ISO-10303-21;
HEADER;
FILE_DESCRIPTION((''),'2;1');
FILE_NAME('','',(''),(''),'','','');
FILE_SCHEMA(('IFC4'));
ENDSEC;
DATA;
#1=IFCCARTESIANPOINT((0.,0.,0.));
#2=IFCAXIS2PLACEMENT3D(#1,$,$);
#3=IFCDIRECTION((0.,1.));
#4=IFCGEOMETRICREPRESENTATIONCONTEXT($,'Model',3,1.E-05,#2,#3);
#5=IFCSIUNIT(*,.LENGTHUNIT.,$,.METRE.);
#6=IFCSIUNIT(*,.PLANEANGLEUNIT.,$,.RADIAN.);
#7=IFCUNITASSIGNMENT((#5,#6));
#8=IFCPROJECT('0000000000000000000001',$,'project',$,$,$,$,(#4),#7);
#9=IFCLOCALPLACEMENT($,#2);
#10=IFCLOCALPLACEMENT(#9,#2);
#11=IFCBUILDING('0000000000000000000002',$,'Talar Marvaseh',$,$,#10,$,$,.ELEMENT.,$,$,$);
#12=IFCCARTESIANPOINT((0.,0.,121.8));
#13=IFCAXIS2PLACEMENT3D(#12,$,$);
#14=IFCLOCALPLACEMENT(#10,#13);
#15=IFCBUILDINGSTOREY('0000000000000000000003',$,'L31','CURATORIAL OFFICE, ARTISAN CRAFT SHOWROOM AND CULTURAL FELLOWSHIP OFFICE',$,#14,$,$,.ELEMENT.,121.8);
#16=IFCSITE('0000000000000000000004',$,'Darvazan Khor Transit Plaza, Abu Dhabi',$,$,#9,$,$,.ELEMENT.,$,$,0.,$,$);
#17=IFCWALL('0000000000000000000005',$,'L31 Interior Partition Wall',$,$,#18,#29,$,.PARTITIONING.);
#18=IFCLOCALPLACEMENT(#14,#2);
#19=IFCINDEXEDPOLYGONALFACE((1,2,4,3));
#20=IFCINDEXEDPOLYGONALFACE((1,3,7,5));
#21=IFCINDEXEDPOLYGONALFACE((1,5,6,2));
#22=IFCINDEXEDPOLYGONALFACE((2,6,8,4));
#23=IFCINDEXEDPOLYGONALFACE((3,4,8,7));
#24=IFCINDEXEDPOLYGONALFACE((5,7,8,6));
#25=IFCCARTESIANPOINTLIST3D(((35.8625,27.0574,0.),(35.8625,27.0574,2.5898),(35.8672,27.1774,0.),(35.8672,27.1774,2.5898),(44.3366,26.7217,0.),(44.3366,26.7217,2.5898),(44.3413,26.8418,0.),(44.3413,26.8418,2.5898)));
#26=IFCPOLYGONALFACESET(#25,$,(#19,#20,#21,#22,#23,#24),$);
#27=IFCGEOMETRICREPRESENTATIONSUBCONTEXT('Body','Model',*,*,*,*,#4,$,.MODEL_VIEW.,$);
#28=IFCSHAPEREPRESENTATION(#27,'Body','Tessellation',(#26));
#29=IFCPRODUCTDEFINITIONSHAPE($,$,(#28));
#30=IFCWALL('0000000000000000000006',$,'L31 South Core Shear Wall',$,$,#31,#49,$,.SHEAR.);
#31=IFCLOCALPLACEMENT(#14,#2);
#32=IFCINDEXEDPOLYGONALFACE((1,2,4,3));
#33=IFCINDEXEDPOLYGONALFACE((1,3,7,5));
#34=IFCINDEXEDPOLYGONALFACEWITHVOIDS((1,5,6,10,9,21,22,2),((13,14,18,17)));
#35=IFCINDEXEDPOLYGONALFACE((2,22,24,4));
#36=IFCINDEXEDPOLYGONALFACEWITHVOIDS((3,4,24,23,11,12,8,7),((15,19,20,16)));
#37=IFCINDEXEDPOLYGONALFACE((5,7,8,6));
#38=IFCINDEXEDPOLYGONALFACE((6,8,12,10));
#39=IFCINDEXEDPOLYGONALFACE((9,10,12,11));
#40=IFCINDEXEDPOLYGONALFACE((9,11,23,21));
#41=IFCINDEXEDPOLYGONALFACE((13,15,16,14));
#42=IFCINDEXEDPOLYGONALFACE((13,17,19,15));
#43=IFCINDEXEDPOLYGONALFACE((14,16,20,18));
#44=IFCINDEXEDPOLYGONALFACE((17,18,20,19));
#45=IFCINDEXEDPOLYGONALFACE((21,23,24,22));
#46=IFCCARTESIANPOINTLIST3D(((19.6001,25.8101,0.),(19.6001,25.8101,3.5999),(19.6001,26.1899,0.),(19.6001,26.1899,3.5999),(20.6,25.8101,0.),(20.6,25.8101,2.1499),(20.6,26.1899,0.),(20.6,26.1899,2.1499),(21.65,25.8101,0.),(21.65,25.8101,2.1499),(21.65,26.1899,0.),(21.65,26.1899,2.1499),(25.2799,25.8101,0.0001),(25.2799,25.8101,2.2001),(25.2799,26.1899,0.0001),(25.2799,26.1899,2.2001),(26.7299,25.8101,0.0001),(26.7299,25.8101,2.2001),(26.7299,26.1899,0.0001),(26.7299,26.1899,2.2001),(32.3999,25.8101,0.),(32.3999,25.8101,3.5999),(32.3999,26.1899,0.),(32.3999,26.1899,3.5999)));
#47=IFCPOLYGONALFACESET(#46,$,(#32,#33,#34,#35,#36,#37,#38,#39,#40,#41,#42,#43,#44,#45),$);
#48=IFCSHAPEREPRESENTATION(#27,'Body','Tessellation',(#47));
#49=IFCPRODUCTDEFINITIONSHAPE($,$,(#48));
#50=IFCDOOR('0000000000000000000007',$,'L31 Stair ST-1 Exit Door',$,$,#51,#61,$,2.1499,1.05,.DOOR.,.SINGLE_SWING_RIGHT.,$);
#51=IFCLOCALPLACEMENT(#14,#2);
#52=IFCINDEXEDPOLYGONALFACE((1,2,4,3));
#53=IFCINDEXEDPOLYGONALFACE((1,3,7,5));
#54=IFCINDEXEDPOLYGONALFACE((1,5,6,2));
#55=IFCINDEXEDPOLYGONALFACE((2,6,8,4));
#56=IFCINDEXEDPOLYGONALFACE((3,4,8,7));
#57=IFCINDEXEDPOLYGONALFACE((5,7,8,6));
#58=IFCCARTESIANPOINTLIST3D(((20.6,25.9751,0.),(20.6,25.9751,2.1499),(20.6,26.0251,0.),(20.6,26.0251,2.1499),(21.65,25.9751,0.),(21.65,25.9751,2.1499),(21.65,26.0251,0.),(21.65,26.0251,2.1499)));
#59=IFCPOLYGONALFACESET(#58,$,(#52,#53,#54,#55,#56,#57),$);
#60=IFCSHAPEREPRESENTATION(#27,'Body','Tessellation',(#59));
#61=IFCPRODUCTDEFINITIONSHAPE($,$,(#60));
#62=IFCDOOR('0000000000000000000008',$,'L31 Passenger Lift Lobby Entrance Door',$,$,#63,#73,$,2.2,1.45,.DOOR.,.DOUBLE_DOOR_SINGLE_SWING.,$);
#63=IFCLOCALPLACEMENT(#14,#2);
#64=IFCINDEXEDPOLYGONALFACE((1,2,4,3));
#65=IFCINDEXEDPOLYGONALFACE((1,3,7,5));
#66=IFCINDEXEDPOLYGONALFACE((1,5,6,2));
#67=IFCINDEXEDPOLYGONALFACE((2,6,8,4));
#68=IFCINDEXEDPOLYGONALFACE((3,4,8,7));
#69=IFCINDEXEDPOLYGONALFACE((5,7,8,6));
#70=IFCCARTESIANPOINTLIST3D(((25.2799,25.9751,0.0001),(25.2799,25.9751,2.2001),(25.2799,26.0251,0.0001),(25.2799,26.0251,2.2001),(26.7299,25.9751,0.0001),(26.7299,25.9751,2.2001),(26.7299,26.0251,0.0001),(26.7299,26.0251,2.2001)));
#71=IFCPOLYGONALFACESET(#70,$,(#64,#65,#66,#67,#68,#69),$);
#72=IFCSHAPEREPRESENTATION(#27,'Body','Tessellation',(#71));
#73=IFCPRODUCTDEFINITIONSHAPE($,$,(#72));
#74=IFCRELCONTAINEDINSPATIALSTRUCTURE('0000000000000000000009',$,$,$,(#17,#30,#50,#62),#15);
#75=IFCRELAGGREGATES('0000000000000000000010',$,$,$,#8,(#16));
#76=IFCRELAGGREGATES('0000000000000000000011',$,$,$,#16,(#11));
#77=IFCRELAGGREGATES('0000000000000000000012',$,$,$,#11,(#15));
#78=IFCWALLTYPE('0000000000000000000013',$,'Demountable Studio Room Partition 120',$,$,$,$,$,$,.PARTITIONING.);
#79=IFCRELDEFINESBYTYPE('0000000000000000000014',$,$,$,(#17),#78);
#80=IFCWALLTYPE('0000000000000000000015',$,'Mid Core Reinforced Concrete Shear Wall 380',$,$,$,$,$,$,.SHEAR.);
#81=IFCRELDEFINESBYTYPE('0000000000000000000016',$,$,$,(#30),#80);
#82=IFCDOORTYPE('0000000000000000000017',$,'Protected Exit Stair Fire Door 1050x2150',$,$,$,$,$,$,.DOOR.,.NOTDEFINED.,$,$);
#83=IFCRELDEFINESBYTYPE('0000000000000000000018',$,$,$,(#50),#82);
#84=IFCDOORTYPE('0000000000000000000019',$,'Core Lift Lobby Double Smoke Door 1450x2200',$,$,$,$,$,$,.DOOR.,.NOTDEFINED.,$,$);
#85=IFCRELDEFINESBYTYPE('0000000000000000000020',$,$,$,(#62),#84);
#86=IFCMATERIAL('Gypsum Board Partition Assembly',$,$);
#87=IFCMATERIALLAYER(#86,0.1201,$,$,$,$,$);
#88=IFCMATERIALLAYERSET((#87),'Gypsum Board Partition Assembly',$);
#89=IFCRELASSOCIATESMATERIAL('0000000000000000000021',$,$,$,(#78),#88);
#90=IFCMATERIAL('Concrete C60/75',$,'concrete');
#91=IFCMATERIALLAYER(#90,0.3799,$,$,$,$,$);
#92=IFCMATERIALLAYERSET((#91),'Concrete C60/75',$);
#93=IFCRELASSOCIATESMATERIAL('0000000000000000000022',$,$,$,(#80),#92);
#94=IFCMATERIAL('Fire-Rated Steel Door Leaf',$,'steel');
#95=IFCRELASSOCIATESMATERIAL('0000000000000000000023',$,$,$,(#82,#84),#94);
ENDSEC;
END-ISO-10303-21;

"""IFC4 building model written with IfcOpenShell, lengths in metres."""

from ifc_helpers import new_model, si_unit, direction, frame, frame_2d, origin, place, context, subcontext, project, spatial, rectangle, extrude, source, transform, mapped, material, layer, layer_set, type_object, type_shapes, element, fill, save


model = new_model("IFC4")

# Units and contexts
model_context = context("Model", 3, precision=1e-05, world=origin(), true_north=direction((0.0, 1.0)))
body_context = subcontext(model_context, "Body", "Model", "MODEL_VIEW")
ifc_project = project(units=[si_unit("LENGTHUNIT", "METRE"), si_unit("PLANEANGLEUNIT", "RADIAN")], contexts=[model_context])

# Site, building, storey
site_placement = place(None, origin())
site = spatial("IfcSite", under=ifc_project, at=site_placement, Name="Darvazan Khor Transit Plaza, Abu Dhabi", CompositionType="ELEMENT", RefElevation=0.0)
building_placement = place(site_placement, origin())
building = spatial("IfcBuilding", under=site, at=building_placement, Name="Talar Marvaseh", CompositionType="ELEMENT")
storey_placement = place(building_placement, frame((0.0, 0.0, 121.8)))
storey = spatial("IfcBuildingStorey", under=building, at=storey_placement, Name="L31", Description="CURATORIAL OFFICE, ARTISAN CRAFT SHOWROOM AND CULTURAL FELLOWSHIP OFFICE", CompositionType="ELEMENT", Elevation=121.8)

# Shared definitions
ifc_material_1 = material(Name="Concrete C60/75", Category="concrete")

# Shared definitions
ifc_material_2 = material(Name="Gypsum Board Partition Assembly")

# Wall
ifc_layer_1 = layer(ifc_material_2, 0.1201)
ifc_layer_set_1 = layer_set([ifc_layer_1], Name="Gypsum Board Partition Assembly")
wall_type_1 = type_object("IfcWallType", Name="Demountable Studio Room Partition 120", PredefinedType="PARTITIONING", material=ifc_layer_set_1)
wall_1_placement = place(storey_placement, frame((35.865, 27.1174, 0.0), z_axis=(0.0, 0.0, 1.0), x_axis=(0.999216, -0.039583, 0.0)))
element("IfcWall", 1, at=wall_1_placement, inside=storey, type_object=wall_type_1, Name="L31 Interior Partition Wall", PredefinedType="PARTITIONING", context=body_context, shape_type="SweptSolid", body=[
    extrude(rectangle(XDim=8.4807, YDim=0.1201, at=frame_2d((4.2402, 0.0))), origin(), (0.0, 0.0, 1.0), 2.5898),
])

# Wall, openings, doors
ifc_layer_2 = layer(ifc_material_1, 0.3799)
ifc_layer_set_2 = layer_set([ifc_layer_2], Name="Concrete C60/75")
wall_type_2 = type_object("IfcWallType", Name="Mid Core Reinforced Concrete Shear Wall 380", PredefinedType="SHEAR", material=ifc_layer_set_2)
wall_2_placement = place(storey_placement, frame((32.3999, 26.0, 0.0), z_axis=(0.0, 0.0, 1.0), x_axis=(-1.0, 0.0, 0.0)))
wall_2 = element("IfcWall", 2, at=wall_2_placement, inside=storey, type_object=wall_type_2, Name="L31 South Core Shear Wall", PredefinedType="SHEAR", context=body_context, shape_type="SweptSolid", body=[
    extrude(rectangle(XDim=12.7998, YDim=0.3799, at=frame_2d((6.3999, 0.0))), origin(), (0.0, 0.0, 1.0), 3.5999),
])
opening_1_placement = place(wall_2_placement, frame((10.75, 0.0, 0.0)))
opening_1 = element("IfcOpeningElement", 3, at=opening_1_placement, cuts=wall_2, PredefinedType="OPENING", context=body_context, shape_type="SweptSolid", body=[
    extrude(rectangle(XDim=1.05, YDim=2.1499, at=frame_2d((0.5249, 1.075))), frame((0.0, 0.2, 0.0), z_axis=(0.0, -1.0, 0.0), x_axis=(1.0, 0.0, 0.0)), (0.0, 0.0, 1.0), 0.3999),
])
opening_2_placement = place(wall_2_placement, frame((5.6699, 0.0, 0.0)))
opening_2 = element("IfcOpeningElement", 4, at=opening_2_placement, cuts=wall_2, PredefinedType="OPENING", context=body_context, shape_type="SweptSolid", body=[
    extrude(rectangle(XDim=1.45, YDim=2.2, at=frame_2d((0.7251, 1.1001))), frame((0.0, 0.2, 0.0), z_axis=(0.0, -1.0, 0.0), x_axis=(1.0, 0.0, 0.0)), (0.0, 0.0, 1.0), 0.3999),
])
ifc_material_3 = material(Name="Fire-Rated Steel Door Leaf", Category="steel")
door_type_1 = type_object("IfcDoorType", Name="Protected Exit Stair Fire Door 1050x2150", OperationType="NOTDEFINED", PredefinedType="DOOR", material=ifc_material_3)
shared_shape_1 = source(origin(), body_context, "Body", "SweptSolid", [
    extrude(rectangle(XDim=1.05, YDim=2.1499, at=frame_2d((0.5249, 1.075))), frame((0.0, 0.0249, 0.0), z_axis=(0.0, -1.0, 0.0), x_axis=(1.0, 0.0, 0.0)), (0.0, 0.0, 1.0), 0.05),
])
type_shapes(door_type_1, [shared_shape_1])
door_1_placement = place(opening_1_placement, origin())
door_1 = element("IfcDoor", 5, at=door_1_placement, inside=storey, type_object=door_type_1, Name="L31 Stair ST-1 Exit Door", OperationType="SINGLE_SWING_RIGHT", OverallHeight=2.1499, OverallWidth=1.05, PredefinedType="DOOR", context=body_context, shape_type="MappedRepresentation", body=[
    mapped(shared_shape_1, transform((0.0, 0.0, 0.0), x_axis=(1.0, 0.0, 0.0), y_axis=(0.0, 1.0, 0.0), z_axis=(0.0, 0.0, 1.0), scale=1.0)),
])
fill(opening_1, door_1)
door_type_2 = type_object("IfcDoorType", Name="Core Lift Lobby Double Smoke Door 1450x2200", OperationType="NOTDEFINED", PredefinedType="DOOR", material=ifc_material_3)
shared_shape_2 = source(origin(), body_context, "Body", "SweptSolid", [
    extrude(rectangle(XDim=1.45, YDim=2.2, at=frame_2d((0.7251, 1.1001))), frame((0.0, 0.0249, 0.0), z_axis=(0.0, -1.0, 0.0), x_axis=(1.0, 0.0, 0.0)), (0.0, 0.0, 1.0), 0.05),
])
type_shapes(door_type_2, [shared_shape_2])
door_2_placement = place(opening_2_placement, origin())
door_2 = element("IfcDoor", 6, at=door_2_placement, inside=storey, type_object=door_type_2, Name="L31 Passenger Lift Lobby Entrance Door", OperationType="DOUBLE_DOOR_SINGLE_SWING", OverallHeight=2.2, OverallWidth=1.45, PredefinedType="DOOR", context=body_context, shape_type="MappedRepresentation", body=[
    mapped(shared_shape_2, transform((0.0, 0.0, 0.0), x_axis=(1.0, 0.0, 0.0), y_axis=(0.0, 1.0, 0.0), z_axis=(0.0, 0.0, 1.0), scale=1.0)),
])
fill(opening_2, door_2)

save(model, "model.ifc")
